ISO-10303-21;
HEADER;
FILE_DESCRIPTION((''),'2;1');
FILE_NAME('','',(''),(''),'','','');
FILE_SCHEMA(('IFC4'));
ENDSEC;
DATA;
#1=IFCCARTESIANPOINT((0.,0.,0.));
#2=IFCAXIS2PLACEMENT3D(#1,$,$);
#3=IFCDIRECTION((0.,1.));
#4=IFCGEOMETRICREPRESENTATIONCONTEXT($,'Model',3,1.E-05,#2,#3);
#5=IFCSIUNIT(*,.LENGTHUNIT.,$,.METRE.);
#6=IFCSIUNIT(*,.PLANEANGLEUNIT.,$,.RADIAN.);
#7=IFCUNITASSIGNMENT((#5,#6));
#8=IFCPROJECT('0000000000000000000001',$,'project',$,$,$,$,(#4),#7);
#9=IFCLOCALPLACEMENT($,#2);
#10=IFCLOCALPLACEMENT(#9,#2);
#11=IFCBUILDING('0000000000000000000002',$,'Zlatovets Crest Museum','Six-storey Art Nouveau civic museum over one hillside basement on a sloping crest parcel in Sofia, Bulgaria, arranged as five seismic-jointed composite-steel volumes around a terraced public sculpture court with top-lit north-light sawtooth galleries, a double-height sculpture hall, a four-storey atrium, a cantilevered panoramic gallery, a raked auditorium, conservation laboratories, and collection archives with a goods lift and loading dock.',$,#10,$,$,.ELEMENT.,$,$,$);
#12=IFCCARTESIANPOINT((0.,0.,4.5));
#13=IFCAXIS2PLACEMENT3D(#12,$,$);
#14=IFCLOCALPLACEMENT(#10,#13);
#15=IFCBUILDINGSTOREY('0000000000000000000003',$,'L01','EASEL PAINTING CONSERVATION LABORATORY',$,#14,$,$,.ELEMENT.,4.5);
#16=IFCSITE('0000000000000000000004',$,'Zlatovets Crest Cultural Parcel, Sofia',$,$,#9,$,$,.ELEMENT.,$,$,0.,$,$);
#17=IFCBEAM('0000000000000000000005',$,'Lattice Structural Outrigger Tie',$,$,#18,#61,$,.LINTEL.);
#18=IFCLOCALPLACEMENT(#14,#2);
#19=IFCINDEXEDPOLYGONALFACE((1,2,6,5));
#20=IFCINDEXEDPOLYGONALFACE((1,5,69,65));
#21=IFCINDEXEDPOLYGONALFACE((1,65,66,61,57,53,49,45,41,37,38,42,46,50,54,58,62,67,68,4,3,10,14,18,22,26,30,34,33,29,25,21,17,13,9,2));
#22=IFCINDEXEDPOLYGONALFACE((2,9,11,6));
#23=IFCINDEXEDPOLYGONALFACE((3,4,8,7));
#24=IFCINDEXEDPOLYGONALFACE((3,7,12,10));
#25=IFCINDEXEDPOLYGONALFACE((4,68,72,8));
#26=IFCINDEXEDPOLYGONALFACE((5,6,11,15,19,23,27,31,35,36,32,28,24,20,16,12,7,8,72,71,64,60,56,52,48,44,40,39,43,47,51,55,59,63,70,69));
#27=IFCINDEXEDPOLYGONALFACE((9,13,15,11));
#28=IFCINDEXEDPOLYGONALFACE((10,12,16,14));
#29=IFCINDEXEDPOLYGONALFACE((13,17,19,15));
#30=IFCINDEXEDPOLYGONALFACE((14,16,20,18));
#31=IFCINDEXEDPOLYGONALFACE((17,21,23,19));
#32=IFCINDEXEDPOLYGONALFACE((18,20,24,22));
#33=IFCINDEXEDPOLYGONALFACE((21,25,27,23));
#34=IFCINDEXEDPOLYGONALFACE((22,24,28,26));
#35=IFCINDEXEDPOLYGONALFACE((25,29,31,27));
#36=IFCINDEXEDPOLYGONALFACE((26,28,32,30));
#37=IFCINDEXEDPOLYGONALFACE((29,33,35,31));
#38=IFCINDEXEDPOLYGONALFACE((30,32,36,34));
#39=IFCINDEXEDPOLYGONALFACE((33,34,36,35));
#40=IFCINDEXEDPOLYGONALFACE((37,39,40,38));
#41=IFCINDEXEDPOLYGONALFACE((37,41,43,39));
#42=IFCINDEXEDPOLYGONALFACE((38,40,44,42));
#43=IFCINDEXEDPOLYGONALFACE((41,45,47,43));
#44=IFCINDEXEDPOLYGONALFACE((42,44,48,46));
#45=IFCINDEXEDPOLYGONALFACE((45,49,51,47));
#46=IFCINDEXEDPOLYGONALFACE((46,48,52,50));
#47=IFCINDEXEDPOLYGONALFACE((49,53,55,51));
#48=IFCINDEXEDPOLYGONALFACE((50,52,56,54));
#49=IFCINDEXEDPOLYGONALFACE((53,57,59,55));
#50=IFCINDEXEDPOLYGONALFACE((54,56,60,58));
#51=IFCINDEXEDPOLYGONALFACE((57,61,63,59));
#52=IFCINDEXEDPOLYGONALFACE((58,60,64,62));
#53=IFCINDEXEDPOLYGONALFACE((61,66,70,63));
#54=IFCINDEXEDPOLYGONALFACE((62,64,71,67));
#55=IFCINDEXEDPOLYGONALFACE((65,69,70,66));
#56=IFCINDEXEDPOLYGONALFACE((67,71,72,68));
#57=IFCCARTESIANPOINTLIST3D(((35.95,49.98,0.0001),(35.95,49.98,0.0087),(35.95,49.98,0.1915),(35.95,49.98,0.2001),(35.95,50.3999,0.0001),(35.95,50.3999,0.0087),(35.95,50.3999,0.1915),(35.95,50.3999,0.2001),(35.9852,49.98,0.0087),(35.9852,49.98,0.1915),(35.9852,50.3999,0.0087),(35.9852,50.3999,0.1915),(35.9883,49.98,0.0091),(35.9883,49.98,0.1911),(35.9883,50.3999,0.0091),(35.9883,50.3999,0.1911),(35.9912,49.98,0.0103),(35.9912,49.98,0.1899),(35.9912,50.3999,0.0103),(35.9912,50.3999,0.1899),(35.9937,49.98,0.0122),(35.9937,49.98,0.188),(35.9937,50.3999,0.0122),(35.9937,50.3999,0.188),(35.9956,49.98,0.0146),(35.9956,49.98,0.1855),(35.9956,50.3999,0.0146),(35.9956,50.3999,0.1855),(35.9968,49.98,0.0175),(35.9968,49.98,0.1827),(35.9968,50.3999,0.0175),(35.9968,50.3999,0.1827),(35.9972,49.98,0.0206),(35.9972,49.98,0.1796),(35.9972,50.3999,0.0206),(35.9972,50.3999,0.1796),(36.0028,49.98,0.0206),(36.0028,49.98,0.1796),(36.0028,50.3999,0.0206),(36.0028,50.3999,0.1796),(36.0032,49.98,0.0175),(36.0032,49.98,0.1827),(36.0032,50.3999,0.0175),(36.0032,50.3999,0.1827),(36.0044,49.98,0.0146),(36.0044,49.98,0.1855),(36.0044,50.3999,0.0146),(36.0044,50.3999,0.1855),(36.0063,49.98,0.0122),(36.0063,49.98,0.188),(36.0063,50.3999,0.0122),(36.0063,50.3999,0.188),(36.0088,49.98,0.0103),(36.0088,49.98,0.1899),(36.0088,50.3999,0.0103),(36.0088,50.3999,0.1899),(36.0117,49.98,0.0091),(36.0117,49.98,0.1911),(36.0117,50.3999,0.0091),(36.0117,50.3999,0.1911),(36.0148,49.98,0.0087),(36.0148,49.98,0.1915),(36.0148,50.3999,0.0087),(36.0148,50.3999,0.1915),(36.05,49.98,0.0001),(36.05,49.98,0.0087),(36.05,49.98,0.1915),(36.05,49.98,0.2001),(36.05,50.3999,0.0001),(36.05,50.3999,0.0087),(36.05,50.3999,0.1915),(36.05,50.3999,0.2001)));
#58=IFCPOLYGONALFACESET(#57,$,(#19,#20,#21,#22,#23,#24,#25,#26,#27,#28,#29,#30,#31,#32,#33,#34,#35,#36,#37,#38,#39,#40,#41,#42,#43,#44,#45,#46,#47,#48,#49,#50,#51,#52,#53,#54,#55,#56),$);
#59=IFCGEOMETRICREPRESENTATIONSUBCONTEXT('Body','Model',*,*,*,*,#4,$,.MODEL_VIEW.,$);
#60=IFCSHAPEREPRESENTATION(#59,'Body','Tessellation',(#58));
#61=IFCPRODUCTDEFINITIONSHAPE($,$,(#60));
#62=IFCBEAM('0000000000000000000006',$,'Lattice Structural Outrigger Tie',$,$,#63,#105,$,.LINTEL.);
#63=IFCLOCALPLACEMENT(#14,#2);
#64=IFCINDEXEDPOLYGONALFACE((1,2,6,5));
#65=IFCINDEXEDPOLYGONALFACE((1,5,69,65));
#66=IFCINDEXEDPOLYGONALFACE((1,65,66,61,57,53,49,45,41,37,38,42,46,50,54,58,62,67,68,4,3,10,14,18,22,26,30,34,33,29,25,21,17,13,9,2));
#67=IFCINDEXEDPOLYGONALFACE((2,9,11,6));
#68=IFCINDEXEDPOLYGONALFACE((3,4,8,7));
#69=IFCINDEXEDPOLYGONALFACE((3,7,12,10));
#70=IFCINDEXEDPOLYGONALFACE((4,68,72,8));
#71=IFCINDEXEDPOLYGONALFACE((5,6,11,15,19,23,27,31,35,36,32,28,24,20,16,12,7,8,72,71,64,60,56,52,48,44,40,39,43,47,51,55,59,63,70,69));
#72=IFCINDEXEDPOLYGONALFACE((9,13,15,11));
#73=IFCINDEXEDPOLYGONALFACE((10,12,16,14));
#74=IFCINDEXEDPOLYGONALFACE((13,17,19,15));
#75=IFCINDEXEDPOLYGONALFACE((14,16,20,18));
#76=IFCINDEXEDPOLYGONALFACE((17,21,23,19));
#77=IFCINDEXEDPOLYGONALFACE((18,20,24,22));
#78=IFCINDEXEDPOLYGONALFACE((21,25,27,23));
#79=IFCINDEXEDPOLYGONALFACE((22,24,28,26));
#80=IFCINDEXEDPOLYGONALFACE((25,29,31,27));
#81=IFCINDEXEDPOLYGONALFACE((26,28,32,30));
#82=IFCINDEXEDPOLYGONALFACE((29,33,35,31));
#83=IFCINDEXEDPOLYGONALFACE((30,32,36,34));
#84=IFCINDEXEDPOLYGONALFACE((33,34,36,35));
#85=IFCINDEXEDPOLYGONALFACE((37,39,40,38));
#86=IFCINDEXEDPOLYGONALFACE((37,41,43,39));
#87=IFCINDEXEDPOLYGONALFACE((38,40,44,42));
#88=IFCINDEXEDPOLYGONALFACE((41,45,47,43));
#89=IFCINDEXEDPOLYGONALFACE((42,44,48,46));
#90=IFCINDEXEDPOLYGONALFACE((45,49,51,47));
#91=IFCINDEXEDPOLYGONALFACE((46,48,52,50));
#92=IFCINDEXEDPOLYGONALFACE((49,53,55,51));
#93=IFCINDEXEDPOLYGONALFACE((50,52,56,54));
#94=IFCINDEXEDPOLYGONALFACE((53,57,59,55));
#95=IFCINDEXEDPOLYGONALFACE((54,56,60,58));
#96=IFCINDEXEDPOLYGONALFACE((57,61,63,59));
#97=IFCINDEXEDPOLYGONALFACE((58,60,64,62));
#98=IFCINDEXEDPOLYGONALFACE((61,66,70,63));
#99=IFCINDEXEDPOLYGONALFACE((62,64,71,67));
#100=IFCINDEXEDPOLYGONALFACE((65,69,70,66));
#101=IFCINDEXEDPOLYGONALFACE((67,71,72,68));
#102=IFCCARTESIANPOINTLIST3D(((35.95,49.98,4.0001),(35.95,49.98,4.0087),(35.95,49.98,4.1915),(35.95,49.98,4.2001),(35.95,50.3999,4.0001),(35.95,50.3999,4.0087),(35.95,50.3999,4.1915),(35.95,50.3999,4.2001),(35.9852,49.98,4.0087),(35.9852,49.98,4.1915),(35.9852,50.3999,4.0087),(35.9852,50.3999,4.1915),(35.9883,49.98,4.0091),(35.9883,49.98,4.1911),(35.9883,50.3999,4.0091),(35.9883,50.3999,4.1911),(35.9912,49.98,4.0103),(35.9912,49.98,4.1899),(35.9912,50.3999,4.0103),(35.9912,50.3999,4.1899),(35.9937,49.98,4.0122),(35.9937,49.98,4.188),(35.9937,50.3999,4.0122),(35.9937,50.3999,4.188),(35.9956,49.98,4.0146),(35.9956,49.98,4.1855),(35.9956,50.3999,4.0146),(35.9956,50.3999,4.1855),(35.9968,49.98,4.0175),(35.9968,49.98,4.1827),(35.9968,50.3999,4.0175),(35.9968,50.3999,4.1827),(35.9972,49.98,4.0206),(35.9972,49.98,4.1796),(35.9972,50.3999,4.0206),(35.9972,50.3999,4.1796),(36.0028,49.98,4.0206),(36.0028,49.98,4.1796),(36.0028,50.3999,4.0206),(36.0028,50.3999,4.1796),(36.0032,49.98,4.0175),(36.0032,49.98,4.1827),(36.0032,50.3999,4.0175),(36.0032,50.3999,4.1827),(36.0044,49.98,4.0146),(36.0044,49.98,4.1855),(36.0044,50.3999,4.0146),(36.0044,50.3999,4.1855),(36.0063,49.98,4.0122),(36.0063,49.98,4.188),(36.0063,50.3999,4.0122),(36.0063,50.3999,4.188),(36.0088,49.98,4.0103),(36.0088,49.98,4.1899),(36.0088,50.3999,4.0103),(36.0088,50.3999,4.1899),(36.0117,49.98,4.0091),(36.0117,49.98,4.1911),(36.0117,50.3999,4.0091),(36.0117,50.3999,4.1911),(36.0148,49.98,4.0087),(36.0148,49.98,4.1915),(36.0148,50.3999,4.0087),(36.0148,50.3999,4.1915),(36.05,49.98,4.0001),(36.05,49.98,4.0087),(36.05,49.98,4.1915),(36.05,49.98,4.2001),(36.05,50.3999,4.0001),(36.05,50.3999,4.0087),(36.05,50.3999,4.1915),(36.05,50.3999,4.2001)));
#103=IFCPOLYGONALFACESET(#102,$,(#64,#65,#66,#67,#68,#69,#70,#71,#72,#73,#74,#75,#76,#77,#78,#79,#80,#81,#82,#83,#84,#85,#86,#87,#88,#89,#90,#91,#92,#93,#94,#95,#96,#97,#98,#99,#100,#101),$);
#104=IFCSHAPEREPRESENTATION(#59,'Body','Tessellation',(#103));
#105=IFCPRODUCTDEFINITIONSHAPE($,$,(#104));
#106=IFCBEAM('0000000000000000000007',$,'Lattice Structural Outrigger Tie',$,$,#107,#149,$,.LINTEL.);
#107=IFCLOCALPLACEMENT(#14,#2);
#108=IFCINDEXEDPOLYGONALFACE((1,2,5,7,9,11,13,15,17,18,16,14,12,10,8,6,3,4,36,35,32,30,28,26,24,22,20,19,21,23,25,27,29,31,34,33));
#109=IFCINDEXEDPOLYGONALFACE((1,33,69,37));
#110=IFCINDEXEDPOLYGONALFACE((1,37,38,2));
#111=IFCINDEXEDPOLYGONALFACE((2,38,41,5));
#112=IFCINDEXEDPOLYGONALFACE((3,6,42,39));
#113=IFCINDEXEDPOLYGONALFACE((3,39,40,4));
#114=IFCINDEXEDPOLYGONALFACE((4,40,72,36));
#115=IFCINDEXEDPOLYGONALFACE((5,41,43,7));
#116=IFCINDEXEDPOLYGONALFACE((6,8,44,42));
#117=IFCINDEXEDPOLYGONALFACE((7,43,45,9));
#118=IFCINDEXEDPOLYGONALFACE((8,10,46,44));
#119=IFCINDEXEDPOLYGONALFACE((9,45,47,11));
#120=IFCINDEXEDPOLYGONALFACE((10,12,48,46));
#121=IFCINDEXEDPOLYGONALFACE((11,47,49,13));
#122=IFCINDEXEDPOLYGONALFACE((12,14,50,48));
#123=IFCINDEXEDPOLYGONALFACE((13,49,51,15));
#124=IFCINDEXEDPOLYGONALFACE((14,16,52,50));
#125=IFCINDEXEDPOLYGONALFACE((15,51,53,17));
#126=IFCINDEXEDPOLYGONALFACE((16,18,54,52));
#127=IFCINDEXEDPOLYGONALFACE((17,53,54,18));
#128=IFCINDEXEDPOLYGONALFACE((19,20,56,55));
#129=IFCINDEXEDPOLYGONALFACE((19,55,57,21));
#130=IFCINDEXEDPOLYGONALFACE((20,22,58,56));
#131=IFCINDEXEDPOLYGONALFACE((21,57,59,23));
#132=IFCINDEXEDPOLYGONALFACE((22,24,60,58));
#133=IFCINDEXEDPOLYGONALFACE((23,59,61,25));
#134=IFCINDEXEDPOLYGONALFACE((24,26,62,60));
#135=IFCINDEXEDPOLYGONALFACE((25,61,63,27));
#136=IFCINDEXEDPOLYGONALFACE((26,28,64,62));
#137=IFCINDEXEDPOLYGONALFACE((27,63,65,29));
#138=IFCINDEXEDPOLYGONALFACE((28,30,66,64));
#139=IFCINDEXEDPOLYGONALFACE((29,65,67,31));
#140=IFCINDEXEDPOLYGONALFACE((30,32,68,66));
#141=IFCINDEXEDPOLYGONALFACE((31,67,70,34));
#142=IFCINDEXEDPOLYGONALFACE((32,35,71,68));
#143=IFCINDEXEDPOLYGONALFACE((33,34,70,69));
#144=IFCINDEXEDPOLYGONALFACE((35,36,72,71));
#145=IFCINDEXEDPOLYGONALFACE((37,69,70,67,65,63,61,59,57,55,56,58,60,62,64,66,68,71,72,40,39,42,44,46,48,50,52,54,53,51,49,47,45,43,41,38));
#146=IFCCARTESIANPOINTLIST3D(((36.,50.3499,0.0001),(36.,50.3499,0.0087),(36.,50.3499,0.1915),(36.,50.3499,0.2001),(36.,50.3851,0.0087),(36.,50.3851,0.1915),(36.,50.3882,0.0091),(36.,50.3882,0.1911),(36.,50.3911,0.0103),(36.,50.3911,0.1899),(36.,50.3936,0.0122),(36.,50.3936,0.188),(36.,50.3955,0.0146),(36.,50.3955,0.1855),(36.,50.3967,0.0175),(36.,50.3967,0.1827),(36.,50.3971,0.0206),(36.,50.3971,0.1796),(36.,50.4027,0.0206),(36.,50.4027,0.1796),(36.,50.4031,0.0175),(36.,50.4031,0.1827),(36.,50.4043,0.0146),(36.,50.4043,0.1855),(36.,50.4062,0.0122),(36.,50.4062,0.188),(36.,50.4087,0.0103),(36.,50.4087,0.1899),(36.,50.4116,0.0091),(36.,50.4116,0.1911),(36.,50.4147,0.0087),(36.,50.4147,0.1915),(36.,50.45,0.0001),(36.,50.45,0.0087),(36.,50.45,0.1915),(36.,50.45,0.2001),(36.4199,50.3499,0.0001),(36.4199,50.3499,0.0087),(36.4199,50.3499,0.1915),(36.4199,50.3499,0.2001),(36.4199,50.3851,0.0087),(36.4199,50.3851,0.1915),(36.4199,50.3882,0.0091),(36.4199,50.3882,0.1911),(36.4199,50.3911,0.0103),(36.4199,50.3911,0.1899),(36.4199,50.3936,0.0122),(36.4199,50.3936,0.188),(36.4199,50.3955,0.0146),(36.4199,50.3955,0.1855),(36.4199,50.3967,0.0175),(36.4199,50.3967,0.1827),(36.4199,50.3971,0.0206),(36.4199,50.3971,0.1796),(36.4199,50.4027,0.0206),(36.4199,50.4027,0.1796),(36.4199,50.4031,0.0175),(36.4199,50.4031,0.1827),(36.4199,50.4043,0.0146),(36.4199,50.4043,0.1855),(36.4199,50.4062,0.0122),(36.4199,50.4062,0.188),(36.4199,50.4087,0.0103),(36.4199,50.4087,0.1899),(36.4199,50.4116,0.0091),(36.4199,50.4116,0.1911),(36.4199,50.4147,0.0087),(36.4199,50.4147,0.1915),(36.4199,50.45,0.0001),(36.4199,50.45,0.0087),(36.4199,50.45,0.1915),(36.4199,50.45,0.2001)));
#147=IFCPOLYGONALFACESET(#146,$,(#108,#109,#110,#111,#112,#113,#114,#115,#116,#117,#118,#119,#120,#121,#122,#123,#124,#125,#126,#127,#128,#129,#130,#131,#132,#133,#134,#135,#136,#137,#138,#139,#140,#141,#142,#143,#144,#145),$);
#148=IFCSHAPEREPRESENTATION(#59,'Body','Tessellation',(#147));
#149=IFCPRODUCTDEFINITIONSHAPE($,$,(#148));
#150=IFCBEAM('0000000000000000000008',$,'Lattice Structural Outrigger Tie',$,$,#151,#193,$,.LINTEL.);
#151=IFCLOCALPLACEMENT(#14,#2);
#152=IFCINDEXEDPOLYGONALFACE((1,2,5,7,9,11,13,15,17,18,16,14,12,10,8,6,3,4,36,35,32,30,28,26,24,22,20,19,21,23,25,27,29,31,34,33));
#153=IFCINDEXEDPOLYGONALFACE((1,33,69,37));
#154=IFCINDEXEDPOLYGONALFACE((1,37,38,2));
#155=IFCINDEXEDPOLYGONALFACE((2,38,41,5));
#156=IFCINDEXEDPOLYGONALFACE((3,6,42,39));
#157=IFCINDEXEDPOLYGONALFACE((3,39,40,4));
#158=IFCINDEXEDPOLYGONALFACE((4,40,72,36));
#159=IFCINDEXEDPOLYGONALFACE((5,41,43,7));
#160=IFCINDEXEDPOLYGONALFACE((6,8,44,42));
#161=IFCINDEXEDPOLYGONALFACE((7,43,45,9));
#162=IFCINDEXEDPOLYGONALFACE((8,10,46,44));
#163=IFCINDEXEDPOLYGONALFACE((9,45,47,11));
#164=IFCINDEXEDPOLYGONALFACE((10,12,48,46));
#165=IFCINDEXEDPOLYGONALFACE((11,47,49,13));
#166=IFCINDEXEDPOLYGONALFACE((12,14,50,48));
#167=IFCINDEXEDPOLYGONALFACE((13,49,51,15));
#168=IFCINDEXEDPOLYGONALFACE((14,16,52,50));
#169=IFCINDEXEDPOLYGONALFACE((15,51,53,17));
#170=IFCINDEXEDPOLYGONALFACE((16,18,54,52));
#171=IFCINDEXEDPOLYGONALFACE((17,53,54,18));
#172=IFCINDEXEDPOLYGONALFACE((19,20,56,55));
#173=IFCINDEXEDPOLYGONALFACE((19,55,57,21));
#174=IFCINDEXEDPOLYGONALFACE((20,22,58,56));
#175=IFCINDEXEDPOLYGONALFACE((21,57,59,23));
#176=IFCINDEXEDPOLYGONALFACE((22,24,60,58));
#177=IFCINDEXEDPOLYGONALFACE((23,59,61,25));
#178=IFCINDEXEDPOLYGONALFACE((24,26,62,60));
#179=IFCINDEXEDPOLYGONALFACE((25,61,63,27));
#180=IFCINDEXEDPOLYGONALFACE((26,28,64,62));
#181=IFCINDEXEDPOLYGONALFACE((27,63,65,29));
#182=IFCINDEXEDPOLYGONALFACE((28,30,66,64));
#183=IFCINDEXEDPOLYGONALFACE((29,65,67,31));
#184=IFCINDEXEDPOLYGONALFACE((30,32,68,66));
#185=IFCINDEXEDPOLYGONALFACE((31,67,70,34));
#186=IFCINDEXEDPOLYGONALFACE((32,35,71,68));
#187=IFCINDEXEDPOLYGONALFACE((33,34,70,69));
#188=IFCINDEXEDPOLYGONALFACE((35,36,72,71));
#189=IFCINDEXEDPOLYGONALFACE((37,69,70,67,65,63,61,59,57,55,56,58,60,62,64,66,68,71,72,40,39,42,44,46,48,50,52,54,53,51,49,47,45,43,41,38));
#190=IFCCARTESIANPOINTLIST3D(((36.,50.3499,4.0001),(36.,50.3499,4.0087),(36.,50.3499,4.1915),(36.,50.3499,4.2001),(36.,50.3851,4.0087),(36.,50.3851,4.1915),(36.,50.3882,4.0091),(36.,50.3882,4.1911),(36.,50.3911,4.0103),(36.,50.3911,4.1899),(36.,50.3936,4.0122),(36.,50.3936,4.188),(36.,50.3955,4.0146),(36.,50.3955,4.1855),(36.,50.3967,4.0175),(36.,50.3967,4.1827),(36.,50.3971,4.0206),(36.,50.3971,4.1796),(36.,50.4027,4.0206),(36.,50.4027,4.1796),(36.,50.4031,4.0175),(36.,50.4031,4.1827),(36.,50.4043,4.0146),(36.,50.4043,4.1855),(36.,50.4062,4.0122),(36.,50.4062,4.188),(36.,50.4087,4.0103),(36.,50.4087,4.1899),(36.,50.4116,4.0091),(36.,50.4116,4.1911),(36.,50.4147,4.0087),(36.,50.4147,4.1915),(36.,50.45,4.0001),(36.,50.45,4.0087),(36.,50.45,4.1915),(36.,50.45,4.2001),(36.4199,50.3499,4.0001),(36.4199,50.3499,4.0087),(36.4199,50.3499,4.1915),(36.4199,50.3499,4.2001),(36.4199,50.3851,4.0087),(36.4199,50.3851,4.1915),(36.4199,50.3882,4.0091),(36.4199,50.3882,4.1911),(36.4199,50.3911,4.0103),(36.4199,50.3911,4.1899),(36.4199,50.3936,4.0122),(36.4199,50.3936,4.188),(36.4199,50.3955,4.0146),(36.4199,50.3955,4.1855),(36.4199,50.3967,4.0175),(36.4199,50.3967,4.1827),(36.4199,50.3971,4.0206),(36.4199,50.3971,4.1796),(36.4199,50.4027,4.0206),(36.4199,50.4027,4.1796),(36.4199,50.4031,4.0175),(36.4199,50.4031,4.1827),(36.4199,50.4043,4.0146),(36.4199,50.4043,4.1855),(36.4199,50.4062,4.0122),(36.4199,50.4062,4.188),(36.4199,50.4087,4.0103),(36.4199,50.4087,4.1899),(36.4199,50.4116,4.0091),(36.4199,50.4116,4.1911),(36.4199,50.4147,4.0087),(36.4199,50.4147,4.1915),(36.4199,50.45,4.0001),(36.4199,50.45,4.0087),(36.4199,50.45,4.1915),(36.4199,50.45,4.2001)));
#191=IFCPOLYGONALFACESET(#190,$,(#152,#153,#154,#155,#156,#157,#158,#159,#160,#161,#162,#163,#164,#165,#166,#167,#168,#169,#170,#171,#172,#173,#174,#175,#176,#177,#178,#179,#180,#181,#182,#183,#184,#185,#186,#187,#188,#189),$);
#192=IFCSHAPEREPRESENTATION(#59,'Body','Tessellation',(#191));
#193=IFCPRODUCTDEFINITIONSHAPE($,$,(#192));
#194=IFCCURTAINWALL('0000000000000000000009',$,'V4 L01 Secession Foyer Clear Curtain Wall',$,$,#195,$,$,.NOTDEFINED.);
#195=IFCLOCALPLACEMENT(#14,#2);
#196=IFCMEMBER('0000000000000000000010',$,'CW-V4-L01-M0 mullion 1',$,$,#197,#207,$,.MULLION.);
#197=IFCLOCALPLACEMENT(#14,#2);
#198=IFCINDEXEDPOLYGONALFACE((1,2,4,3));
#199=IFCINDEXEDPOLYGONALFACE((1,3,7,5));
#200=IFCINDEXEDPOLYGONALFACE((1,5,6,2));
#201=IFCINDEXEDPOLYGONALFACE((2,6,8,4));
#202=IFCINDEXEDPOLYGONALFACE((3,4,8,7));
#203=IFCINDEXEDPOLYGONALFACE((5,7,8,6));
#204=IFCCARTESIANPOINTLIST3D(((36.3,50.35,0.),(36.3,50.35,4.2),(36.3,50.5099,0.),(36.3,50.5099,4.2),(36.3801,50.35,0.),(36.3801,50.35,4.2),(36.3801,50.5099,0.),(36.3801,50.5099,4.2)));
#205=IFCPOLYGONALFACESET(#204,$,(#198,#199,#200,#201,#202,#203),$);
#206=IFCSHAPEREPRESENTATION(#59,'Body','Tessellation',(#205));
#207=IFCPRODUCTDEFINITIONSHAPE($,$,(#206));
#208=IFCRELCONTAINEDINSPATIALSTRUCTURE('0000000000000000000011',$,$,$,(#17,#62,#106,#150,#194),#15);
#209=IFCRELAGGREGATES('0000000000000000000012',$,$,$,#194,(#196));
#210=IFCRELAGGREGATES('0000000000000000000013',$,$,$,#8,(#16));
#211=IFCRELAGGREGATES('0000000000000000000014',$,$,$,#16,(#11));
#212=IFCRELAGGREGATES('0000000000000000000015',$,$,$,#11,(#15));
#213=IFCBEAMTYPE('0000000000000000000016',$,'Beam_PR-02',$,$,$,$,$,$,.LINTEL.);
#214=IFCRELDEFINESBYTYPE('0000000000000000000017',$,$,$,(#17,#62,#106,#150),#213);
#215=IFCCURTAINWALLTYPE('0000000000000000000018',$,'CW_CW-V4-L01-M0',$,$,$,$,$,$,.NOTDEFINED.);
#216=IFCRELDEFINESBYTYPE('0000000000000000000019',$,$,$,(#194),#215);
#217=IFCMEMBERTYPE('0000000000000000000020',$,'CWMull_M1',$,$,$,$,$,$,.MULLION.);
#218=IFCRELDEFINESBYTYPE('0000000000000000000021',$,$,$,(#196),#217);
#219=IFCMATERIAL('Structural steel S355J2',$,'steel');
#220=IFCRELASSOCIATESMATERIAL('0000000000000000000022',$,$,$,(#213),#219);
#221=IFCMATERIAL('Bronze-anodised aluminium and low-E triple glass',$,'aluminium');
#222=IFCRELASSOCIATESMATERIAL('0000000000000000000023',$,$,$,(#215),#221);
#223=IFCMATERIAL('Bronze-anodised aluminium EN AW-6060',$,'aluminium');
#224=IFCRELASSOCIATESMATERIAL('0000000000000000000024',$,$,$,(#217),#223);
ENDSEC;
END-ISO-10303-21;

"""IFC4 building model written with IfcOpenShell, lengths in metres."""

from ifc_helpers import new_model, si_unit, direction, frame, origin, origin_2d, place, context, subcontext, project, spatial, rectangle, i_section, extrude, material, material_profile, profile_set, type_object, element, aggregate, save


model = new_model("IFC4")

# Units and contexts
model_context = context("Model", 3, precision=1e-05, world=origin(), true_north=direction((0.0, 1.0)))
body_context = subcontext(model_context, "Body", "Model", "MODEL_VIEW")
ifc_project = project(units=[si_unit("LENGTHUNIT", "METRE"), si_unit("PLANEANGLEUNIT", "RADIAN")], contexts=[model_context])

# Site, building, storey
site_placement = place(None, origin())
site = spatial("IfcSite", under=ifc_project, at=site_placement, Name="Zlatovets Crest Cultural Parcel, Sofia", CompositionType="ELEMENT", RefElevation=0.0)
building_placement = place(site_placement, origin())
building = spatial("IfcBuilding", under=site, at=building_placement, Name="Zlatovets Crest Museum", Description="Six-storey Art Nouveau civic museum over one hillside basement on a sloping crest parcel in Sofia, Bulgaria, arranged as five seismic-jointed composite-steel volumes around a terraced public sculpture court with top-lit north-light sawtooth galleries, a double-height sculpture hall, a four-storey atrium, a cantilevered panoramic gallery, a raked auditorium, conservation laboratories, and collection archives with a goods lift and loading dock.", CompositionType="ELEMENT")
storey_placement = place(building_placement, frame((0.0, 0.0, 4.5)))
storey = spatial("IfcBuildingStorey", under=building, at=storey_placement, Name="L01", Description="EASEL PAINTING CONSERVATION LABORATORY", CompositionType="ELEMENT", Elevation=4.5)

# Shared definitions
ifc_material_1 = material(Name="Structural steel S355J2", Category="steel")

# Beams
ifc_material_profile_1 = material_profile(ifc_material_1, i_section(OverallWidth=0.1001, OverallDepth=0.2, WebThickness=0.0056, FlangeThickness=0.0085, FilletRadius=0.012, at=origin_2d()), Name="IPE 200")
ifc_profile_set_1 = profile_set([ifc_material_profile_1], Name="Structural steel S355J2")
beam_type_1 = type_object("IfcBeamType", Name="Beam_PR-02", PredefinedType="LINTEL", material=ifc_profile_set_1)
for number, where, z_axis, x_axis, name in (
    (1, (36.0, 50.3999, 0.1001), (0.0, -1.0, 0.0), (1.0, 0.0, 0.0), "Lattice Structural Outrigger Tie"),
    (2, (36.0, 50.3999, 4.1001), (0.0, -1.0, 0.0), (1.0, 0.0, 0.0), "Lattice Structural Outrigger Tie"),
    (3, (36.0, 50.3999, 0.1001), (1.0, 0.0, 0.0), (0.0, 1.0, 0.0), "Lattice Structural Outrigger Tie"),
    (4, (36.0, 50.3999, 4.1001), (1.0, 0.0, 0.0), (0.0, 1.0, 0.0), "Lattice Structural Outrigger Tie"),
):
    element("IfcBeam", number, at=place(storey_placement, frame(where, z_axis=z_axis, x_axis=x_axis)), inside=storey, type_object=beam_type_1, Name=name, PredefinedType="LINTEL", context=body_context, shape_type="SweptSolid", body=[
        extrude(i_section(OverallWidth=0.1001, OverallDepth=0.2, WebThickness=0.0056, FlangeThickness=0.0085, FilletRadius=0.012, at=origin_2d()), origin(), (0.0, 0.0, 1.0), 0.4199),
    ])

# Curtain wall, member
ifc_material_2 = material(Name="Bronze-anodised aluminium and low-E triple glass", Category="aluminium")
curtain_wall_type = type_object("IfcCurtainWallType", Name="CW_CW-V4-L01-M0", PredefinedType="NOTDEFINED", material=ifc_material_2)
curtain_wall_placement = place(storey_placement, origin())
curtain_wall = element("IfcCurtainWall", 5, at=curtain_wall_placement, inside=storey, type_object=curtain_wall_type, Name="V4 L01 Secession Foyer Clear Curtain Wall", PredefinedType="NOTDEFINED")
ifc_material_3 = material(Name="Bronze-anodised aluminium EN AW-6060", Category="aluminium")
ifc_material_profile_2 = material_profile(ifc_material_3, rectangle(XDim=0.0801, YDim=0.1599, at=origin_2d()), Name="ALU 80x160")
ifc_profile_set_2 = profile_set([ifc_material_profile_2], Name="Bronze-anodised aluminium EN AW-6060")
member_type_1 = type_object("IfcMemberType", Name="CWMull_M1", PredefinedType="MULLION", material=ifc_profile_set_2)
member_1_placement = place(storey_placement, frame((36.3401, 50.4299, 0.0), z_axis=(0.0, 0.0, 1.0), x_axis=(-1.0, 0.0, 0.0)))
member_1 = element("IfcMember", 6, at=member_1_placement, type_object=member_type_1, Name="CW-V4-L01-M0 mullion 1", PredefinedType="MULLION", context=body_context, shape_type="SweptSolid", body=[
    extrude(rectangle(XDim=0.0801, YDim=0.1599, at=origin_2d()), origin(), (0.0, 0.0, 1.0), 4.2),
])

aggregate(curtain_wall, [member_1])

save(model, "model.ifc")
